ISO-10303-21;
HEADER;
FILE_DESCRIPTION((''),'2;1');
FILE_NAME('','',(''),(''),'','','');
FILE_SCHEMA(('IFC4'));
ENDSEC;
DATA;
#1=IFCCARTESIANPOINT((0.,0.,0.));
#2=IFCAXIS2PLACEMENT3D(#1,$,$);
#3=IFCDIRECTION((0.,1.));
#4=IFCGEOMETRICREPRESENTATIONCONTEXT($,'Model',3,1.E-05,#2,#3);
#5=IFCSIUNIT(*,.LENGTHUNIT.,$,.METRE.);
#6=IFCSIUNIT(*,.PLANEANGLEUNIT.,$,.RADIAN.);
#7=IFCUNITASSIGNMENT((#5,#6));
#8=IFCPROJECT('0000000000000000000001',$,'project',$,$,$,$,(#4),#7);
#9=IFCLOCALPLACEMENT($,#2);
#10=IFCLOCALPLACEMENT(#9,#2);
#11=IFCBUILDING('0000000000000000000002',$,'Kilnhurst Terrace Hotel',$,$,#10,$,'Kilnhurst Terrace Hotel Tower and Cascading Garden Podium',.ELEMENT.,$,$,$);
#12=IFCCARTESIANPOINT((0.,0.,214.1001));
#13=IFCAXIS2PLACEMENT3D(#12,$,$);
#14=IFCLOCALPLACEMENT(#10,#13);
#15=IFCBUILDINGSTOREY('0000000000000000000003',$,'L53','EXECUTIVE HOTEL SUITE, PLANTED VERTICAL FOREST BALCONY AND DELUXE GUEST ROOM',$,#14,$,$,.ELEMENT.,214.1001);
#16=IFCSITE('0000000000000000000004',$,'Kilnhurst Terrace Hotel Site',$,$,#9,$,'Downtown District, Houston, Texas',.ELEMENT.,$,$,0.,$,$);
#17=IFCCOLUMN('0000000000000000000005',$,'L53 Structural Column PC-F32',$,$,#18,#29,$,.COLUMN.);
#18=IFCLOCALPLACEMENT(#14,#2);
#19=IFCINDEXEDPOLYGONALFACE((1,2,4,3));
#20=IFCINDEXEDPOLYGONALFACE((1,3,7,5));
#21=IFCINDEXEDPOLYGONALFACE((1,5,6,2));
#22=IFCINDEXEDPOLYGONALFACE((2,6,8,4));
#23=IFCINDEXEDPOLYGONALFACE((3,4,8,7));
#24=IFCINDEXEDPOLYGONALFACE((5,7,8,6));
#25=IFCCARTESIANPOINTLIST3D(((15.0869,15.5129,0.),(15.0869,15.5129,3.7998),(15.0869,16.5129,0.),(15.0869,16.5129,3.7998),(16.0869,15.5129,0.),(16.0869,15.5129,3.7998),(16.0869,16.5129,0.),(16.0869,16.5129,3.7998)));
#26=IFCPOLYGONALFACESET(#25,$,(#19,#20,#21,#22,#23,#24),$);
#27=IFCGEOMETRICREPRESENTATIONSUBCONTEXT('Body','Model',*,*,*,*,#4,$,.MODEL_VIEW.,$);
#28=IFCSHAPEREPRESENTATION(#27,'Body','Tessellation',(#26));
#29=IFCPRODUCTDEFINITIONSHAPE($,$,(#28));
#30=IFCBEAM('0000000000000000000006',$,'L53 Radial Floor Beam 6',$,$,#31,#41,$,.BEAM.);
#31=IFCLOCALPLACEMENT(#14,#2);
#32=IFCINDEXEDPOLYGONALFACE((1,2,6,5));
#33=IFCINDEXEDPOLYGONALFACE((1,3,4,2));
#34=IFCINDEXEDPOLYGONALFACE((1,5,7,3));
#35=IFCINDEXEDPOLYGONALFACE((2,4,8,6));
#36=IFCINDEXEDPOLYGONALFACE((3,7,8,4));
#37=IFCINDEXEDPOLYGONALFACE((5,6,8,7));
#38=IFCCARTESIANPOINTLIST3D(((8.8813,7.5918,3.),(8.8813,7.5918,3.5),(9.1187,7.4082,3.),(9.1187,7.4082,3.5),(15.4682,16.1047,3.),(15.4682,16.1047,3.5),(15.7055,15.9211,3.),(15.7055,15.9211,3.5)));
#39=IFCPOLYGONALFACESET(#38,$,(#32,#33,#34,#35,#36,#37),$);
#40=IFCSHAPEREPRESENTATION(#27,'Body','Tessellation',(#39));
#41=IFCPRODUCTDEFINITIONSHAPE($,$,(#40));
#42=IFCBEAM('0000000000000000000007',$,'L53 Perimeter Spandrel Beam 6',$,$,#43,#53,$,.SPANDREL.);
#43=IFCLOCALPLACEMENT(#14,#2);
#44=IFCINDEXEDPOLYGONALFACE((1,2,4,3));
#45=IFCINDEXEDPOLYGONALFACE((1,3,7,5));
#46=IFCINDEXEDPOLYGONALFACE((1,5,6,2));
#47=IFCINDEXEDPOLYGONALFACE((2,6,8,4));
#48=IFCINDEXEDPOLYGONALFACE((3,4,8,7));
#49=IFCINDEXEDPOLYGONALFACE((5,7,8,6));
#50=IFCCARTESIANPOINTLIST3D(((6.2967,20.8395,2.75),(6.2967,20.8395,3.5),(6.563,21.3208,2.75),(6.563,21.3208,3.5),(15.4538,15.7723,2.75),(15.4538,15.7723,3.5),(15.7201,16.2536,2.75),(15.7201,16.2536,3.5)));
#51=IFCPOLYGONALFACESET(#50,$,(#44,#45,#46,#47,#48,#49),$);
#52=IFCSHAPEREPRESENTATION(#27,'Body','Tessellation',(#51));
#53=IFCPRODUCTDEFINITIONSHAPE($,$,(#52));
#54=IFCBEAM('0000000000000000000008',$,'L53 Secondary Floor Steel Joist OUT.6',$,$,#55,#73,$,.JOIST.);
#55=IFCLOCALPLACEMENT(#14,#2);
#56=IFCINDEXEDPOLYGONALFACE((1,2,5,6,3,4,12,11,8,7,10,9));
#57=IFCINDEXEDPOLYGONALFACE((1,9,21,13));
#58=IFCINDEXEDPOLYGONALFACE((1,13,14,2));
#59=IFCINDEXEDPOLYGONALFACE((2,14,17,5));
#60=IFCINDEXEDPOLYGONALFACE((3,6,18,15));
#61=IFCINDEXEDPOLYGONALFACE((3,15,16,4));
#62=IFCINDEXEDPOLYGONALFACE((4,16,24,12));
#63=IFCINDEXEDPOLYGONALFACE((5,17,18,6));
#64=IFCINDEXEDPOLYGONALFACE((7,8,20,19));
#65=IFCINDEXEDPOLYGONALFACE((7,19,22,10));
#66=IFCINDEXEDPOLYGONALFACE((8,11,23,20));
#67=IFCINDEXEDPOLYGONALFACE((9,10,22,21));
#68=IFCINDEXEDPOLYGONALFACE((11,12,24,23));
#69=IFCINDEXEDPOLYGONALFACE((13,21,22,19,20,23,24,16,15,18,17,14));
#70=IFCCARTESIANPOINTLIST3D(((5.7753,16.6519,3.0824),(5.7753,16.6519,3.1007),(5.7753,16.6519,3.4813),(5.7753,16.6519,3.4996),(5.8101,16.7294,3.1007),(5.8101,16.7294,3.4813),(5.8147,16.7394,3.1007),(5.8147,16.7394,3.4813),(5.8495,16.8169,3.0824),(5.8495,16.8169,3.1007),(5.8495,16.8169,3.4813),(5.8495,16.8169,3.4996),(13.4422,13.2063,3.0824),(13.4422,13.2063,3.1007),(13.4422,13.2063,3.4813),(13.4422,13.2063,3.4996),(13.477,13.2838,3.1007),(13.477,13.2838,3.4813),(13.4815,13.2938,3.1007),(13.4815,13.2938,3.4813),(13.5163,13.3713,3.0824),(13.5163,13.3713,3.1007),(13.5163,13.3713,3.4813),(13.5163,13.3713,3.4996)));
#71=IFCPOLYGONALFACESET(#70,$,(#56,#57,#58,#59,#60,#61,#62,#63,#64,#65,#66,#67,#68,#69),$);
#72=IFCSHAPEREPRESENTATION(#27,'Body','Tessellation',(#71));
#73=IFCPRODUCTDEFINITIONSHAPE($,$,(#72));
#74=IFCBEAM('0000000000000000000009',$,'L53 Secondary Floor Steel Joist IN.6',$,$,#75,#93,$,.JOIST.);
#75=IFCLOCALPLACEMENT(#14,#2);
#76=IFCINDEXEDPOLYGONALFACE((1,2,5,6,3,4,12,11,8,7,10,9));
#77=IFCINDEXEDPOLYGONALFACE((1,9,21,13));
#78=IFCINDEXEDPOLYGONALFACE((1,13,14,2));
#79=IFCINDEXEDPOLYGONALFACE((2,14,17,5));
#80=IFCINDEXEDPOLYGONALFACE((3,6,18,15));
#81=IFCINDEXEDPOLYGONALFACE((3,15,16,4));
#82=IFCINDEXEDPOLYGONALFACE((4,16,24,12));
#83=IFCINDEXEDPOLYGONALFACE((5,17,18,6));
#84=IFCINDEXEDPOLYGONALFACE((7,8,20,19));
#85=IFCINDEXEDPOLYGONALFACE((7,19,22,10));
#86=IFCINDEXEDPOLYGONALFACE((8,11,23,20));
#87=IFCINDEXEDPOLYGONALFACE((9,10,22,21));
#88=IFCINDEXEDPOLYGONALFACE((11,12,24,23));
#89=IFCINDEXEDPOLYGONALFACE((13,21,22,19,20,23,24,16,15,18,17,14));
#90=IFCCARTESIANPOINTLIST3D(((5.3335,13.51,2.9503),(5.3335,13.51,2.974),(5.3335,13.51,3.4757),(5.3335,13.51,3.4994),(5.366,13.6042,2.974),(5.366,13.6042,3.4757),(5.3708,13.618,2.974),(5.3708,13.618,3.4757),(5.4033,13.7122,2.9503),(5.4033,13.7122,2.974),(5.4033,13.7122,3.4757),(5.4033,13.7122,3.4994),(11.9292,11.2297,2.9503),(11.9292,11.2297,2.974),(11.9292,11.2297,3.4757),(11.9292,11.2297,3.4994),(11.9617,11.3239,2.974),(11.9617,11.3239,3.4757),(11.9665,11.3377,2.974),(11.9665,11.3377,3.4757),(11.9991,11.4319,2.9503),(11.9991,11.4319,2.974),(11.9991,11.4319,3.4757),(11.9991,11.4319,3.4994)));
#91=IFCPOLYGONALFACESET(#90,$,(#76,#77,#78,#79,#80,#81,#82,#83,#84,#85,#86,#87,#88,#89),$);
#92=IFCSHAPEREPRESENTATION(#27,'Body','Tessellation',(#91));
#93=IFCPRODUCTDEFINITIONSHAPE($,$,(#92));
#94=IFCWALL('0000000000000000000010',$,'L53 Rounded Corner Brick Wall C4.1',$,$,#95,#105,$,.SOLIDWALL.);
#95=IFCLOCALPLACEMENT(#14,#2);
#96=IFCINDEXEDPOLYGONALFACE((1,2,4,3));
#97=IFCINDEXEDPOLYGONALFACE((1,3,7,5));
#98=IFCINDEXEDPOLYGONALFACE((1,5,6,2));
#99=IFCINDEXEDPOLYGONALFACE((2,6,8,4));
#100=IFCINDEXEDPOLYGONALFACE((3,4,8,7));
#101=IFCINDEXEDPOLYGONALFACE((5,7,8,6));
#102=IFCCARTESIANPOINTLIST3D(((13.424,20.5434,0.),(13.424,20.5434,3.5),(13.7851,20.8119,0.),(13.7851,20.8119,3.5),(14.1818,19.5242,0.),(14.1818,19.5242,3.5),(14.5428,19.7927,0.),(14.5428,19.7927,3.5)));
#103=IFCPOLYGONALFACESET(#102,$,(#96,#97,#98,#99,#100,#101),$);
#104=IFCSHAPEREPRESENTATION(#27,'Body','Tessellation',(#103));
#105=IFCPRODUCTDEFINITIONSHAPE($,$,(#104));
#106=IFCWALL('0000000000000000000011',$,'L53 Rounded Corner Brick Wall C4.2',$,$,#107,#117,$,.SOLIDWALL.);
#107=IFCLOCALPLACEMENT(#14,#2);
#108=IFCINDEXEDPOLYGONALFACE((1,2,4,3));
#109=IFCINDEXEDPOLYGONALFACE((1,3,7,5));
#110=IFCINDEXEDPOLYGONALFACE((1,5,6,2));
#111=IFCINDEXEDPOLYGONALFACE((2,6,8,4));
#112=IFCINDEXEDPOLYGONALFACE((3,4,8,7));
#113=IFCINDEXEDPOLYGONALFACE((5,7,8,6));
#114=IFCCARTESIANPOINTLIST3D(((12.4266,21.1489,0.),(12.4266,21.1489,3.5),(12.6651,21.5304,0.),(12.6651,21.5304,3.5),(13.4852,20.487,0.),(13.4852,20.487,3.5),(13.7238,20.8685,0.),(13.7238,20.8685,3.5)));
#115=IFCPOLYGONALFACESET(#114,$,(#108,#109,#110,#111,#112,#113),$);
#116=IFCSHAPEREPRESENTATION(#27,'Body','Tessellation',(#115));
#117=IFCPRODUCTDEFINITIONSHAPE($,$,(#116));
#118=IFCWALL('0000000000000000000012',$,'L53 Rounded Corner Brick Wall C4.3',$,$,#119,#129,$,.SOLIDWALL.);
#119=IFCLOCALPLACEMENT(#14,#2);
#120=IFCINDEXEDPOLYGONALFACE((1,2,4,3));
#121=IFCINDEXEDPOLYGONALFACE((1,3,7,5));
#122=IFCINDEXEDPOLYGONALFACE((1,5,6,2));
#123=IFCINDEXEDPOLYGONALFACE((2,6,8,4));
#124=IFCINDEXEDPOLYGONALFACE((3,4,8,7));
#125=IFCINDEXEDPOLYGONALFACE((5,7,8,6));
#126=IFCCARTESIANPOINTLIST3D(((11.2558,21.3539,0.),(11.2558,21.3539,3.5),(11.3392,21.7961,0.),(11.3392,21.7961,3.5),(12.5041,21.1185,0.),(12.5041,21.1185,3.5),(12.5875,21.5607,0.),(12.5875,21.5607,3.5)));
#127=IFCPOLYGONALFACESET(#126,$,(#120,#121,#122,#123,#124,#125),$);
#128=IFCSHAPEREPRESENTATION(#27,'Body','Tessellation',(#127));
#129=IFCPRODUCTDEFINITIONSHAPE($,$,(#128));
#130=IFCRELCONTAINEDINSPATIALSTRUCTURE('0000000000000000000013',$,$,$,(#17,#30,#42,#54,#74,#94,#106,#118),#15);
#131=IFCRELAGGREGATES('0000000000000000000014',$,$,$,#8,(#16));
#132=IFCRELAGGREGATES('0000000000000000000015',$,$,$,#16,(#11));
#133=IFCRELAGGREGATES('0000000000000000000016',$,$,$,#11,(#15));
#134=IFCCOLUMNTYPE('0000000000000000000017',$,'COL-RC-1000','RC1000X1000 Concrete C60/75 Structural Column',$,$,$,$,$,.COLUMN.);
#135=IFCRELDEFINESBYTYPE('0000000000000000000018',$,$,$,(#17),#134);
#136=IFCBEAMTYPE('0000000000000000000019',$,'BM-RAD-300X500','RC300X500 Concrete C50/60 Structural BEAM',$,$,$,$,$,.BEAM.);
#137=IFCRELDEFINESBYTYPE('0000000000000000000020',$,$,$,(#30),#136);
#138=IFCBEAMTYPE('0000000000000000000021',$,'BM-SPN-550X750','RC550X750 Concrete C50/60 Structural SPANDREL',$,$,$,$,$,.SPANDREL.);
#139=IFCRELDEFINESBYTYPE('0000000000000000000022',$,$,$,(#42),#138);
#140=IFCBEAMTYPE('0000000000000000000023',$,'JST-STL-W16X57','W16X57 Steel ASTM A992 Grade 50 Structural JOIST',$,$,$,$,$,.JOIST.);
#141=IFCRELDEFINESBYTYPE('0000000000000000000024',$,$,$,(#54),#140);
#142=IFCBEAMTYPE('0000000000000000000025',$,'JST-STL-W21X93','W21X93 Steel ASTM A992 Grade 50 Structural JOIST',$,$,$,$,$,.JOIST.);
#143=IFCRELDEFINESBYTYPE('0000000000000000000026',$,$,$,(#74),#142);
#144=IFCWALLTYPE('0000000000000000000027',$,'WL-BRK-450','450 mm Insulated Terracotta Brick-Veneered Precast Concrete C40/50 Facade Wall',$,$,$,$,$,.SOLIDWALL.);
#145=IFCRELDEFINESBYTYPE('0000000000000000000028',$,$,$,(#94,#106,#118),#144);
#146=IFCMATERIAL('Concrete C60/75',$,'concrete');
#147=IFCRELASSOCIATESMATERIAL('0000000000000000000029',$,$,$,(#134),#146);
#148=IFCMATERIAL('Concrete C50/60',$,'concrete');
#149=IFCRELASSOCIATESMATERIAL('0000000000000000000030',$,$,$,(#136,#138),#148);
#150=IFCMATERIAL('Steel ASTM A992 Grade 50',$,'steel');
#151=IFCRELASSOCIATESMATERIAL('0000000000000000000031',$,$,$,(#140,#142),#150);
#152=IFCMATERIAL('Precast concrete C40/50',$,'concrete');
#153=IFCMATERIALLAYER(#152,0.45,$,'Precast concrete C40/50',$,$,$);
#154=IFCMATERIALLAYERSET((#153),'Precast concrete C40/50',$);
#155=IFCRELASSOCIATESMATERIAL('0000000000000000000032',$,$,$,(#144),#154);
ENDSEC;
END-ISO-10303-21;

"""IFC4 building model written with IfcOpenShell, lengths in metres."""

from ifc_helpers import new_model, si_unit, direction, frame, frame_2d, origin, origin_2d, place, context, subcontext, project, spatial, rectangle, i_section, extrude, material, layer, layer_set, material_profile, profile_set, type_object, element, save


model = new_model("IFC4")

# Units and contexts
model_context = context("Model", 3, precision=1e-05, world=origin(), true_north=direction((0.0, 1.0)))
body_context = subcontext(model_context, "Body", "Model", "MODEL_VIEW")
ifc_project = project(units=[si_unit("LENGTHUNIT", "METRE"), si_unit("PLANEANGLEUNIT", "RADIAN")], contexts=[model_context])

# Site, building, storey
site_placement = place(None, origin())
site = spatial("IfcSite", under=ifc_project, at=site_placement, Name="Kilnhurst Terrace Hotel Site", LongName="Downtown District, Houston, Texas", CompositionType="ELEMENT", RefElevation=0.0)
building_placement = place(site_placement, origin())
building = spatial("IfcBuilding", under=site, at=building_placement, Name="Kilnhurst Terrace Hotel", LongName="Kilnhurst Terrace Hotel Tower and Cascading Garden Podium", CompositionType="ELEMENT")
storey_placement = place(building_placement, frame((0.0, 0.0, 214.1001)))
storey = spatial("IfcBuildingStorey", under=building, at=storey_placement, Name="L53", Description="EXECUTIVE HOTEL SUITE, PLANTED VERTICAL FOREST BALCONY AND DELUXE GUEST ROOM", CompositionType="ELEMENT", Elevation=214.1001)

# Column
ifc_material_1 = material(Name="Concrete C60/75", Category="concrete")
ifc_material_profile_1 = material_profile(ifc_material_1, rectangle(XDim=1.0, YDim=1.0, at=origin_2d()), Name="RC1000X1000")
ifc_profile_set_1 = profile_set([ifc_material_profile_1], Name="Concrete C60/75")
column_type = type_object("IfcColumnType", Name="COL-RC-1000", Description="RC1000X1000 Concrete C60/75 Structural Column", PredefinedType="COLUMN", material=ifc_profile_set_1)
column_placement = place(storey_placement, frame((15.5869, 16.0129, 0.0), z_axis=(0.0, 0.0, 1.0), x_axis=(1.0, 0.0, 0.0)))
element("IfcColumn", 1, at=column_placement, inside=storey, type_object=column_type, Name="L53 Structural Column PC-F32", PredefinedType="COLUMN", context=body_context, shape_type="SweptSolid", body=[
    extrude(rectangle(XDim=1.0, YDim=1.0, at=origin_2d()), origin(), (0.0, 0.0, 1.0), 3.7998),
])

# Beams
ifc_material_2 = material(Name="Concrete C50/60", Category="concrete")
ifc_material_profile_2 = material_profile(ifc_material_2, rectangle(XDim=0.3, YDim=0.5, at=origin_2d()), Name="RC300X500")
ifc_profile_set_2 = profile_set([ifc_material_profile_2], Name="Concrete C50/60")
beam_type_1 = type_object("IfcBeamType", Name="BM-RAD-300X500", Description="RC300X500 Concrete C50/60 Structural BEAM", PredefinedType="BEAM", material=ifc_profile_set_2)
beam_1_placement = place(storey_placement, frame((9.0, 7.5, 3.25), z_axis=(0.611955, 0.790892, 0.0), x_axis=(-0.790892, 0.611955, 0.0)))
element("IfcBeam", 2, at=beam_1_placement, inside=storey, type_object=beam_type_1, Name="L53 Radial Floor Beam 6", PredefinedType="BEAM", context=body_context, shape_type="SweptSolid", body=[
    extrude(rectangle(XDim=0.3, YDim=0.5, at=origin_2d()), origin(), (0.0, 0.0, 1.0), 10.7637),
])
ifc_material_profile_3 = material_profile(ifc_material_2, rectangle(XDim=0.55, YDim=0.75, at=origin_2d()), Name="RC550X750")
ifc_profile_set_3 = profile_set([ifc_material_profile_3], Name="Concrete C50/60")
beam_type_2 = type_object("IfcBeamType", Name="BM-SPN-550X750", Description="RC550X750 Concrete C50/60 Structural SPANDREL", PredefinedType="SPANDREL", material=ifc_profile_set_3)
beam_2_placement = place(storey_placement, frame((15.5869, 16.0129, 3.125), z_axis=(-0.87497, 0.484177, 0.0), x_axis=(-0.484177, -0.87497, 0.0)))
element("IfcBeam", 3, at=beam_2_placement, inside=storey, type_object=beam_type_2, Name="L53 Perimeter Spandrel Beam 6", PredefinedType="SPANDREL", context=body_context, shape_type="SweptSolid", body=[
    extrude(rectangle(XDim=0.55, YDim=0.75, at=origin_2d()), origin(), (0.0, 0.0, 1.0), 10.4656),
])
ifc_material_3 = material(Name="Steel ASTM A992 Grade 50", Category="steel")
ifc_material_profile_4 = material_profile(ifc_material_3, i_section(OverallWidth=0.1809, OverallDepth=0.4172, WebThickness=0.011, FlangeThickness=0.0183, at=origin_2d()), Name="W16X57")
ifc_profile_set_4 = profile_set([ifc_material_profile_4], Name="Steel ASTM A992 Grade 50")
beam_type_3 = type_object("IfcBeamType", Name="JST-STL-W16X57", Description="W16X57 Steel ASTM A992 Grade 50 Structural JOIST", PredefinedType="JOIST", material=ifc_profile_set_4)
beam_3_placement = place(storey_placement, frame((13.4792, 13.2888, 3.291), z_axis=(-0.912121, 0.409921, 0.0), x_axis=(-0.409921, -0.912121, 0.0)))
element("IfcBeam", 4, at=beam_3_placement, inside=storey, type_object=beam_type_3, Name="L53 Secondary Floor Steel Joist OUT.6", PredefinedType="JOIST", context=body_context, shape_type="SweptSolid", body=[
    extrude(i_section(OverallWidth=0.1809, OverallDepth=0.4172, WebThickness=0.011, FlangeThickness=0.0183, at=origin_2d()), origin(), (0.0, 0.0, 1.0), 8.4055),
])
ifc_material_profile_5 = material_profile(ifc_material_3, i_section(OverallWidth=0.2139, OverallDepth=0.5491, WebThickness=0.0146, FlangeThickness=0.0237, at=origin_2d()), Name="W21X93")
ifc_profile_set_5 = profile_set([ifc_material_profile_5], Name="Steel ASTM A992 Grade 50")
beam_type_4 = type_object("IfcBeamType", Name="JST-STL-W21X93", Description="W21X93 Steel ASTM A992 Grade 50 Structural JOIST", PredefinedType="JOIST", material=ifc_profile_set_5)
beam_4_placement = place(storey_placement, frame((11.9641, 11.3308, 3.2249), z_axis=(-0.945112, 0.326745, 0.0), x_axis=(-0.326745, -0.945112, 0.0)))
element("IfcBeam", 5, at=beam_4_placement, inside=storey, type_object=beam_type_4, Name="L53 Secondary Floor Steel Joist IN.6", PredefinedType="JOIST", context=body_context, shape_type="SweptSolid", body=[
    extrude(i_section(OverallWidth=0.2139, OverallDepth=0.5491, WebThickness=0.0146, FlangeThickness=0.0237, at=origin_2d()), origin(), (0.0, 0.0, 1.0), 6.9788),
])

# Walls
ifc_material_4 = material(Name="Precast concrete C40/50", Category="concrete")
ifc_layer_1 = layer(ifc_material_4, 0.45, Name="Precast concrete C40/50")
ifc_layer_set_1 = layer_set([ifc_layer_1], Name="Precast concrete C40/50")
wall_type_1 = type_object("IfcWallType", Name="WL-BRK-450", Description="450 mm Insulated Terracotta Brick-Veneered Precast Concrete C40/50 Facade Wall", PredefinedType="SOLIDWALL", material=ifc_layer_set_1)
wall_1_placement = place(storey_placement, frame((14.3623, 19.6584, 0.0), z_axis=(0.0, 0.0, 1.0), x_axis=(-0.596642, 0.802507, 0.0)))
element("IfcWall", 6, at=wall_1_placement, inside=storey, type_object=wall_type_1, Name="L53 Rounded Corner Brick Wall C4.1", PredefinedType="SOLIDWALL", context=body_context, shape_type="SweptSolid", body=[
    extrude(rectangle(XDim=1.27, YDim=0.45, at=frame_2d((0.635, 0.0))), origin(), (0.0, 0.0, 1.0), 3.5),
])
wall_2_placement = place(storey_placement, frame((13.6045, 20.6777, 0.0), z_axis=(0.0, 0.0, 1.0), x_axis=(-0.84791, 0.53014, 0.0)))
element("IfcWall", 7, at=wall_2_placement, inside=storey, type_object=wall_type_1, Name="L53 Rounded Corner Brick Wall C4.2", PredefinedType="SOLIDWALL", context=body_context, shape_type="SweptSolid", body=[
    extrude(rectangle(XDim=1.2485, YDim=0.45, at=frame_2d((0.6243, 0.0))), origin(), (0.0, 0.0, 1.0), 3.5),
])
wall_3_placement = place(storey_placement, frame((12.5459, 21.3396, 0.0), z_axis=(0.0, 0.0, 1.0), x_axis=(-0.982687, 0.185275, 0.0)))
element("IfcWall", 8, at=wall_3_placement, inside=storey, type_object=wall_type_1, Name="L53 Rounded Corner Brick Wall C4.3", PredefinedType="SOLIDWALL", context=body_context, shape_type="SweptSolid", body=[
    extrude(rectangle(XDim=1.2703, YDim=0.45, at=frame_2d((0.6353, 0.0))), origin(), (0.0, 0.0, 1.0), 3.5),
])

save(model, "model.ifc")
